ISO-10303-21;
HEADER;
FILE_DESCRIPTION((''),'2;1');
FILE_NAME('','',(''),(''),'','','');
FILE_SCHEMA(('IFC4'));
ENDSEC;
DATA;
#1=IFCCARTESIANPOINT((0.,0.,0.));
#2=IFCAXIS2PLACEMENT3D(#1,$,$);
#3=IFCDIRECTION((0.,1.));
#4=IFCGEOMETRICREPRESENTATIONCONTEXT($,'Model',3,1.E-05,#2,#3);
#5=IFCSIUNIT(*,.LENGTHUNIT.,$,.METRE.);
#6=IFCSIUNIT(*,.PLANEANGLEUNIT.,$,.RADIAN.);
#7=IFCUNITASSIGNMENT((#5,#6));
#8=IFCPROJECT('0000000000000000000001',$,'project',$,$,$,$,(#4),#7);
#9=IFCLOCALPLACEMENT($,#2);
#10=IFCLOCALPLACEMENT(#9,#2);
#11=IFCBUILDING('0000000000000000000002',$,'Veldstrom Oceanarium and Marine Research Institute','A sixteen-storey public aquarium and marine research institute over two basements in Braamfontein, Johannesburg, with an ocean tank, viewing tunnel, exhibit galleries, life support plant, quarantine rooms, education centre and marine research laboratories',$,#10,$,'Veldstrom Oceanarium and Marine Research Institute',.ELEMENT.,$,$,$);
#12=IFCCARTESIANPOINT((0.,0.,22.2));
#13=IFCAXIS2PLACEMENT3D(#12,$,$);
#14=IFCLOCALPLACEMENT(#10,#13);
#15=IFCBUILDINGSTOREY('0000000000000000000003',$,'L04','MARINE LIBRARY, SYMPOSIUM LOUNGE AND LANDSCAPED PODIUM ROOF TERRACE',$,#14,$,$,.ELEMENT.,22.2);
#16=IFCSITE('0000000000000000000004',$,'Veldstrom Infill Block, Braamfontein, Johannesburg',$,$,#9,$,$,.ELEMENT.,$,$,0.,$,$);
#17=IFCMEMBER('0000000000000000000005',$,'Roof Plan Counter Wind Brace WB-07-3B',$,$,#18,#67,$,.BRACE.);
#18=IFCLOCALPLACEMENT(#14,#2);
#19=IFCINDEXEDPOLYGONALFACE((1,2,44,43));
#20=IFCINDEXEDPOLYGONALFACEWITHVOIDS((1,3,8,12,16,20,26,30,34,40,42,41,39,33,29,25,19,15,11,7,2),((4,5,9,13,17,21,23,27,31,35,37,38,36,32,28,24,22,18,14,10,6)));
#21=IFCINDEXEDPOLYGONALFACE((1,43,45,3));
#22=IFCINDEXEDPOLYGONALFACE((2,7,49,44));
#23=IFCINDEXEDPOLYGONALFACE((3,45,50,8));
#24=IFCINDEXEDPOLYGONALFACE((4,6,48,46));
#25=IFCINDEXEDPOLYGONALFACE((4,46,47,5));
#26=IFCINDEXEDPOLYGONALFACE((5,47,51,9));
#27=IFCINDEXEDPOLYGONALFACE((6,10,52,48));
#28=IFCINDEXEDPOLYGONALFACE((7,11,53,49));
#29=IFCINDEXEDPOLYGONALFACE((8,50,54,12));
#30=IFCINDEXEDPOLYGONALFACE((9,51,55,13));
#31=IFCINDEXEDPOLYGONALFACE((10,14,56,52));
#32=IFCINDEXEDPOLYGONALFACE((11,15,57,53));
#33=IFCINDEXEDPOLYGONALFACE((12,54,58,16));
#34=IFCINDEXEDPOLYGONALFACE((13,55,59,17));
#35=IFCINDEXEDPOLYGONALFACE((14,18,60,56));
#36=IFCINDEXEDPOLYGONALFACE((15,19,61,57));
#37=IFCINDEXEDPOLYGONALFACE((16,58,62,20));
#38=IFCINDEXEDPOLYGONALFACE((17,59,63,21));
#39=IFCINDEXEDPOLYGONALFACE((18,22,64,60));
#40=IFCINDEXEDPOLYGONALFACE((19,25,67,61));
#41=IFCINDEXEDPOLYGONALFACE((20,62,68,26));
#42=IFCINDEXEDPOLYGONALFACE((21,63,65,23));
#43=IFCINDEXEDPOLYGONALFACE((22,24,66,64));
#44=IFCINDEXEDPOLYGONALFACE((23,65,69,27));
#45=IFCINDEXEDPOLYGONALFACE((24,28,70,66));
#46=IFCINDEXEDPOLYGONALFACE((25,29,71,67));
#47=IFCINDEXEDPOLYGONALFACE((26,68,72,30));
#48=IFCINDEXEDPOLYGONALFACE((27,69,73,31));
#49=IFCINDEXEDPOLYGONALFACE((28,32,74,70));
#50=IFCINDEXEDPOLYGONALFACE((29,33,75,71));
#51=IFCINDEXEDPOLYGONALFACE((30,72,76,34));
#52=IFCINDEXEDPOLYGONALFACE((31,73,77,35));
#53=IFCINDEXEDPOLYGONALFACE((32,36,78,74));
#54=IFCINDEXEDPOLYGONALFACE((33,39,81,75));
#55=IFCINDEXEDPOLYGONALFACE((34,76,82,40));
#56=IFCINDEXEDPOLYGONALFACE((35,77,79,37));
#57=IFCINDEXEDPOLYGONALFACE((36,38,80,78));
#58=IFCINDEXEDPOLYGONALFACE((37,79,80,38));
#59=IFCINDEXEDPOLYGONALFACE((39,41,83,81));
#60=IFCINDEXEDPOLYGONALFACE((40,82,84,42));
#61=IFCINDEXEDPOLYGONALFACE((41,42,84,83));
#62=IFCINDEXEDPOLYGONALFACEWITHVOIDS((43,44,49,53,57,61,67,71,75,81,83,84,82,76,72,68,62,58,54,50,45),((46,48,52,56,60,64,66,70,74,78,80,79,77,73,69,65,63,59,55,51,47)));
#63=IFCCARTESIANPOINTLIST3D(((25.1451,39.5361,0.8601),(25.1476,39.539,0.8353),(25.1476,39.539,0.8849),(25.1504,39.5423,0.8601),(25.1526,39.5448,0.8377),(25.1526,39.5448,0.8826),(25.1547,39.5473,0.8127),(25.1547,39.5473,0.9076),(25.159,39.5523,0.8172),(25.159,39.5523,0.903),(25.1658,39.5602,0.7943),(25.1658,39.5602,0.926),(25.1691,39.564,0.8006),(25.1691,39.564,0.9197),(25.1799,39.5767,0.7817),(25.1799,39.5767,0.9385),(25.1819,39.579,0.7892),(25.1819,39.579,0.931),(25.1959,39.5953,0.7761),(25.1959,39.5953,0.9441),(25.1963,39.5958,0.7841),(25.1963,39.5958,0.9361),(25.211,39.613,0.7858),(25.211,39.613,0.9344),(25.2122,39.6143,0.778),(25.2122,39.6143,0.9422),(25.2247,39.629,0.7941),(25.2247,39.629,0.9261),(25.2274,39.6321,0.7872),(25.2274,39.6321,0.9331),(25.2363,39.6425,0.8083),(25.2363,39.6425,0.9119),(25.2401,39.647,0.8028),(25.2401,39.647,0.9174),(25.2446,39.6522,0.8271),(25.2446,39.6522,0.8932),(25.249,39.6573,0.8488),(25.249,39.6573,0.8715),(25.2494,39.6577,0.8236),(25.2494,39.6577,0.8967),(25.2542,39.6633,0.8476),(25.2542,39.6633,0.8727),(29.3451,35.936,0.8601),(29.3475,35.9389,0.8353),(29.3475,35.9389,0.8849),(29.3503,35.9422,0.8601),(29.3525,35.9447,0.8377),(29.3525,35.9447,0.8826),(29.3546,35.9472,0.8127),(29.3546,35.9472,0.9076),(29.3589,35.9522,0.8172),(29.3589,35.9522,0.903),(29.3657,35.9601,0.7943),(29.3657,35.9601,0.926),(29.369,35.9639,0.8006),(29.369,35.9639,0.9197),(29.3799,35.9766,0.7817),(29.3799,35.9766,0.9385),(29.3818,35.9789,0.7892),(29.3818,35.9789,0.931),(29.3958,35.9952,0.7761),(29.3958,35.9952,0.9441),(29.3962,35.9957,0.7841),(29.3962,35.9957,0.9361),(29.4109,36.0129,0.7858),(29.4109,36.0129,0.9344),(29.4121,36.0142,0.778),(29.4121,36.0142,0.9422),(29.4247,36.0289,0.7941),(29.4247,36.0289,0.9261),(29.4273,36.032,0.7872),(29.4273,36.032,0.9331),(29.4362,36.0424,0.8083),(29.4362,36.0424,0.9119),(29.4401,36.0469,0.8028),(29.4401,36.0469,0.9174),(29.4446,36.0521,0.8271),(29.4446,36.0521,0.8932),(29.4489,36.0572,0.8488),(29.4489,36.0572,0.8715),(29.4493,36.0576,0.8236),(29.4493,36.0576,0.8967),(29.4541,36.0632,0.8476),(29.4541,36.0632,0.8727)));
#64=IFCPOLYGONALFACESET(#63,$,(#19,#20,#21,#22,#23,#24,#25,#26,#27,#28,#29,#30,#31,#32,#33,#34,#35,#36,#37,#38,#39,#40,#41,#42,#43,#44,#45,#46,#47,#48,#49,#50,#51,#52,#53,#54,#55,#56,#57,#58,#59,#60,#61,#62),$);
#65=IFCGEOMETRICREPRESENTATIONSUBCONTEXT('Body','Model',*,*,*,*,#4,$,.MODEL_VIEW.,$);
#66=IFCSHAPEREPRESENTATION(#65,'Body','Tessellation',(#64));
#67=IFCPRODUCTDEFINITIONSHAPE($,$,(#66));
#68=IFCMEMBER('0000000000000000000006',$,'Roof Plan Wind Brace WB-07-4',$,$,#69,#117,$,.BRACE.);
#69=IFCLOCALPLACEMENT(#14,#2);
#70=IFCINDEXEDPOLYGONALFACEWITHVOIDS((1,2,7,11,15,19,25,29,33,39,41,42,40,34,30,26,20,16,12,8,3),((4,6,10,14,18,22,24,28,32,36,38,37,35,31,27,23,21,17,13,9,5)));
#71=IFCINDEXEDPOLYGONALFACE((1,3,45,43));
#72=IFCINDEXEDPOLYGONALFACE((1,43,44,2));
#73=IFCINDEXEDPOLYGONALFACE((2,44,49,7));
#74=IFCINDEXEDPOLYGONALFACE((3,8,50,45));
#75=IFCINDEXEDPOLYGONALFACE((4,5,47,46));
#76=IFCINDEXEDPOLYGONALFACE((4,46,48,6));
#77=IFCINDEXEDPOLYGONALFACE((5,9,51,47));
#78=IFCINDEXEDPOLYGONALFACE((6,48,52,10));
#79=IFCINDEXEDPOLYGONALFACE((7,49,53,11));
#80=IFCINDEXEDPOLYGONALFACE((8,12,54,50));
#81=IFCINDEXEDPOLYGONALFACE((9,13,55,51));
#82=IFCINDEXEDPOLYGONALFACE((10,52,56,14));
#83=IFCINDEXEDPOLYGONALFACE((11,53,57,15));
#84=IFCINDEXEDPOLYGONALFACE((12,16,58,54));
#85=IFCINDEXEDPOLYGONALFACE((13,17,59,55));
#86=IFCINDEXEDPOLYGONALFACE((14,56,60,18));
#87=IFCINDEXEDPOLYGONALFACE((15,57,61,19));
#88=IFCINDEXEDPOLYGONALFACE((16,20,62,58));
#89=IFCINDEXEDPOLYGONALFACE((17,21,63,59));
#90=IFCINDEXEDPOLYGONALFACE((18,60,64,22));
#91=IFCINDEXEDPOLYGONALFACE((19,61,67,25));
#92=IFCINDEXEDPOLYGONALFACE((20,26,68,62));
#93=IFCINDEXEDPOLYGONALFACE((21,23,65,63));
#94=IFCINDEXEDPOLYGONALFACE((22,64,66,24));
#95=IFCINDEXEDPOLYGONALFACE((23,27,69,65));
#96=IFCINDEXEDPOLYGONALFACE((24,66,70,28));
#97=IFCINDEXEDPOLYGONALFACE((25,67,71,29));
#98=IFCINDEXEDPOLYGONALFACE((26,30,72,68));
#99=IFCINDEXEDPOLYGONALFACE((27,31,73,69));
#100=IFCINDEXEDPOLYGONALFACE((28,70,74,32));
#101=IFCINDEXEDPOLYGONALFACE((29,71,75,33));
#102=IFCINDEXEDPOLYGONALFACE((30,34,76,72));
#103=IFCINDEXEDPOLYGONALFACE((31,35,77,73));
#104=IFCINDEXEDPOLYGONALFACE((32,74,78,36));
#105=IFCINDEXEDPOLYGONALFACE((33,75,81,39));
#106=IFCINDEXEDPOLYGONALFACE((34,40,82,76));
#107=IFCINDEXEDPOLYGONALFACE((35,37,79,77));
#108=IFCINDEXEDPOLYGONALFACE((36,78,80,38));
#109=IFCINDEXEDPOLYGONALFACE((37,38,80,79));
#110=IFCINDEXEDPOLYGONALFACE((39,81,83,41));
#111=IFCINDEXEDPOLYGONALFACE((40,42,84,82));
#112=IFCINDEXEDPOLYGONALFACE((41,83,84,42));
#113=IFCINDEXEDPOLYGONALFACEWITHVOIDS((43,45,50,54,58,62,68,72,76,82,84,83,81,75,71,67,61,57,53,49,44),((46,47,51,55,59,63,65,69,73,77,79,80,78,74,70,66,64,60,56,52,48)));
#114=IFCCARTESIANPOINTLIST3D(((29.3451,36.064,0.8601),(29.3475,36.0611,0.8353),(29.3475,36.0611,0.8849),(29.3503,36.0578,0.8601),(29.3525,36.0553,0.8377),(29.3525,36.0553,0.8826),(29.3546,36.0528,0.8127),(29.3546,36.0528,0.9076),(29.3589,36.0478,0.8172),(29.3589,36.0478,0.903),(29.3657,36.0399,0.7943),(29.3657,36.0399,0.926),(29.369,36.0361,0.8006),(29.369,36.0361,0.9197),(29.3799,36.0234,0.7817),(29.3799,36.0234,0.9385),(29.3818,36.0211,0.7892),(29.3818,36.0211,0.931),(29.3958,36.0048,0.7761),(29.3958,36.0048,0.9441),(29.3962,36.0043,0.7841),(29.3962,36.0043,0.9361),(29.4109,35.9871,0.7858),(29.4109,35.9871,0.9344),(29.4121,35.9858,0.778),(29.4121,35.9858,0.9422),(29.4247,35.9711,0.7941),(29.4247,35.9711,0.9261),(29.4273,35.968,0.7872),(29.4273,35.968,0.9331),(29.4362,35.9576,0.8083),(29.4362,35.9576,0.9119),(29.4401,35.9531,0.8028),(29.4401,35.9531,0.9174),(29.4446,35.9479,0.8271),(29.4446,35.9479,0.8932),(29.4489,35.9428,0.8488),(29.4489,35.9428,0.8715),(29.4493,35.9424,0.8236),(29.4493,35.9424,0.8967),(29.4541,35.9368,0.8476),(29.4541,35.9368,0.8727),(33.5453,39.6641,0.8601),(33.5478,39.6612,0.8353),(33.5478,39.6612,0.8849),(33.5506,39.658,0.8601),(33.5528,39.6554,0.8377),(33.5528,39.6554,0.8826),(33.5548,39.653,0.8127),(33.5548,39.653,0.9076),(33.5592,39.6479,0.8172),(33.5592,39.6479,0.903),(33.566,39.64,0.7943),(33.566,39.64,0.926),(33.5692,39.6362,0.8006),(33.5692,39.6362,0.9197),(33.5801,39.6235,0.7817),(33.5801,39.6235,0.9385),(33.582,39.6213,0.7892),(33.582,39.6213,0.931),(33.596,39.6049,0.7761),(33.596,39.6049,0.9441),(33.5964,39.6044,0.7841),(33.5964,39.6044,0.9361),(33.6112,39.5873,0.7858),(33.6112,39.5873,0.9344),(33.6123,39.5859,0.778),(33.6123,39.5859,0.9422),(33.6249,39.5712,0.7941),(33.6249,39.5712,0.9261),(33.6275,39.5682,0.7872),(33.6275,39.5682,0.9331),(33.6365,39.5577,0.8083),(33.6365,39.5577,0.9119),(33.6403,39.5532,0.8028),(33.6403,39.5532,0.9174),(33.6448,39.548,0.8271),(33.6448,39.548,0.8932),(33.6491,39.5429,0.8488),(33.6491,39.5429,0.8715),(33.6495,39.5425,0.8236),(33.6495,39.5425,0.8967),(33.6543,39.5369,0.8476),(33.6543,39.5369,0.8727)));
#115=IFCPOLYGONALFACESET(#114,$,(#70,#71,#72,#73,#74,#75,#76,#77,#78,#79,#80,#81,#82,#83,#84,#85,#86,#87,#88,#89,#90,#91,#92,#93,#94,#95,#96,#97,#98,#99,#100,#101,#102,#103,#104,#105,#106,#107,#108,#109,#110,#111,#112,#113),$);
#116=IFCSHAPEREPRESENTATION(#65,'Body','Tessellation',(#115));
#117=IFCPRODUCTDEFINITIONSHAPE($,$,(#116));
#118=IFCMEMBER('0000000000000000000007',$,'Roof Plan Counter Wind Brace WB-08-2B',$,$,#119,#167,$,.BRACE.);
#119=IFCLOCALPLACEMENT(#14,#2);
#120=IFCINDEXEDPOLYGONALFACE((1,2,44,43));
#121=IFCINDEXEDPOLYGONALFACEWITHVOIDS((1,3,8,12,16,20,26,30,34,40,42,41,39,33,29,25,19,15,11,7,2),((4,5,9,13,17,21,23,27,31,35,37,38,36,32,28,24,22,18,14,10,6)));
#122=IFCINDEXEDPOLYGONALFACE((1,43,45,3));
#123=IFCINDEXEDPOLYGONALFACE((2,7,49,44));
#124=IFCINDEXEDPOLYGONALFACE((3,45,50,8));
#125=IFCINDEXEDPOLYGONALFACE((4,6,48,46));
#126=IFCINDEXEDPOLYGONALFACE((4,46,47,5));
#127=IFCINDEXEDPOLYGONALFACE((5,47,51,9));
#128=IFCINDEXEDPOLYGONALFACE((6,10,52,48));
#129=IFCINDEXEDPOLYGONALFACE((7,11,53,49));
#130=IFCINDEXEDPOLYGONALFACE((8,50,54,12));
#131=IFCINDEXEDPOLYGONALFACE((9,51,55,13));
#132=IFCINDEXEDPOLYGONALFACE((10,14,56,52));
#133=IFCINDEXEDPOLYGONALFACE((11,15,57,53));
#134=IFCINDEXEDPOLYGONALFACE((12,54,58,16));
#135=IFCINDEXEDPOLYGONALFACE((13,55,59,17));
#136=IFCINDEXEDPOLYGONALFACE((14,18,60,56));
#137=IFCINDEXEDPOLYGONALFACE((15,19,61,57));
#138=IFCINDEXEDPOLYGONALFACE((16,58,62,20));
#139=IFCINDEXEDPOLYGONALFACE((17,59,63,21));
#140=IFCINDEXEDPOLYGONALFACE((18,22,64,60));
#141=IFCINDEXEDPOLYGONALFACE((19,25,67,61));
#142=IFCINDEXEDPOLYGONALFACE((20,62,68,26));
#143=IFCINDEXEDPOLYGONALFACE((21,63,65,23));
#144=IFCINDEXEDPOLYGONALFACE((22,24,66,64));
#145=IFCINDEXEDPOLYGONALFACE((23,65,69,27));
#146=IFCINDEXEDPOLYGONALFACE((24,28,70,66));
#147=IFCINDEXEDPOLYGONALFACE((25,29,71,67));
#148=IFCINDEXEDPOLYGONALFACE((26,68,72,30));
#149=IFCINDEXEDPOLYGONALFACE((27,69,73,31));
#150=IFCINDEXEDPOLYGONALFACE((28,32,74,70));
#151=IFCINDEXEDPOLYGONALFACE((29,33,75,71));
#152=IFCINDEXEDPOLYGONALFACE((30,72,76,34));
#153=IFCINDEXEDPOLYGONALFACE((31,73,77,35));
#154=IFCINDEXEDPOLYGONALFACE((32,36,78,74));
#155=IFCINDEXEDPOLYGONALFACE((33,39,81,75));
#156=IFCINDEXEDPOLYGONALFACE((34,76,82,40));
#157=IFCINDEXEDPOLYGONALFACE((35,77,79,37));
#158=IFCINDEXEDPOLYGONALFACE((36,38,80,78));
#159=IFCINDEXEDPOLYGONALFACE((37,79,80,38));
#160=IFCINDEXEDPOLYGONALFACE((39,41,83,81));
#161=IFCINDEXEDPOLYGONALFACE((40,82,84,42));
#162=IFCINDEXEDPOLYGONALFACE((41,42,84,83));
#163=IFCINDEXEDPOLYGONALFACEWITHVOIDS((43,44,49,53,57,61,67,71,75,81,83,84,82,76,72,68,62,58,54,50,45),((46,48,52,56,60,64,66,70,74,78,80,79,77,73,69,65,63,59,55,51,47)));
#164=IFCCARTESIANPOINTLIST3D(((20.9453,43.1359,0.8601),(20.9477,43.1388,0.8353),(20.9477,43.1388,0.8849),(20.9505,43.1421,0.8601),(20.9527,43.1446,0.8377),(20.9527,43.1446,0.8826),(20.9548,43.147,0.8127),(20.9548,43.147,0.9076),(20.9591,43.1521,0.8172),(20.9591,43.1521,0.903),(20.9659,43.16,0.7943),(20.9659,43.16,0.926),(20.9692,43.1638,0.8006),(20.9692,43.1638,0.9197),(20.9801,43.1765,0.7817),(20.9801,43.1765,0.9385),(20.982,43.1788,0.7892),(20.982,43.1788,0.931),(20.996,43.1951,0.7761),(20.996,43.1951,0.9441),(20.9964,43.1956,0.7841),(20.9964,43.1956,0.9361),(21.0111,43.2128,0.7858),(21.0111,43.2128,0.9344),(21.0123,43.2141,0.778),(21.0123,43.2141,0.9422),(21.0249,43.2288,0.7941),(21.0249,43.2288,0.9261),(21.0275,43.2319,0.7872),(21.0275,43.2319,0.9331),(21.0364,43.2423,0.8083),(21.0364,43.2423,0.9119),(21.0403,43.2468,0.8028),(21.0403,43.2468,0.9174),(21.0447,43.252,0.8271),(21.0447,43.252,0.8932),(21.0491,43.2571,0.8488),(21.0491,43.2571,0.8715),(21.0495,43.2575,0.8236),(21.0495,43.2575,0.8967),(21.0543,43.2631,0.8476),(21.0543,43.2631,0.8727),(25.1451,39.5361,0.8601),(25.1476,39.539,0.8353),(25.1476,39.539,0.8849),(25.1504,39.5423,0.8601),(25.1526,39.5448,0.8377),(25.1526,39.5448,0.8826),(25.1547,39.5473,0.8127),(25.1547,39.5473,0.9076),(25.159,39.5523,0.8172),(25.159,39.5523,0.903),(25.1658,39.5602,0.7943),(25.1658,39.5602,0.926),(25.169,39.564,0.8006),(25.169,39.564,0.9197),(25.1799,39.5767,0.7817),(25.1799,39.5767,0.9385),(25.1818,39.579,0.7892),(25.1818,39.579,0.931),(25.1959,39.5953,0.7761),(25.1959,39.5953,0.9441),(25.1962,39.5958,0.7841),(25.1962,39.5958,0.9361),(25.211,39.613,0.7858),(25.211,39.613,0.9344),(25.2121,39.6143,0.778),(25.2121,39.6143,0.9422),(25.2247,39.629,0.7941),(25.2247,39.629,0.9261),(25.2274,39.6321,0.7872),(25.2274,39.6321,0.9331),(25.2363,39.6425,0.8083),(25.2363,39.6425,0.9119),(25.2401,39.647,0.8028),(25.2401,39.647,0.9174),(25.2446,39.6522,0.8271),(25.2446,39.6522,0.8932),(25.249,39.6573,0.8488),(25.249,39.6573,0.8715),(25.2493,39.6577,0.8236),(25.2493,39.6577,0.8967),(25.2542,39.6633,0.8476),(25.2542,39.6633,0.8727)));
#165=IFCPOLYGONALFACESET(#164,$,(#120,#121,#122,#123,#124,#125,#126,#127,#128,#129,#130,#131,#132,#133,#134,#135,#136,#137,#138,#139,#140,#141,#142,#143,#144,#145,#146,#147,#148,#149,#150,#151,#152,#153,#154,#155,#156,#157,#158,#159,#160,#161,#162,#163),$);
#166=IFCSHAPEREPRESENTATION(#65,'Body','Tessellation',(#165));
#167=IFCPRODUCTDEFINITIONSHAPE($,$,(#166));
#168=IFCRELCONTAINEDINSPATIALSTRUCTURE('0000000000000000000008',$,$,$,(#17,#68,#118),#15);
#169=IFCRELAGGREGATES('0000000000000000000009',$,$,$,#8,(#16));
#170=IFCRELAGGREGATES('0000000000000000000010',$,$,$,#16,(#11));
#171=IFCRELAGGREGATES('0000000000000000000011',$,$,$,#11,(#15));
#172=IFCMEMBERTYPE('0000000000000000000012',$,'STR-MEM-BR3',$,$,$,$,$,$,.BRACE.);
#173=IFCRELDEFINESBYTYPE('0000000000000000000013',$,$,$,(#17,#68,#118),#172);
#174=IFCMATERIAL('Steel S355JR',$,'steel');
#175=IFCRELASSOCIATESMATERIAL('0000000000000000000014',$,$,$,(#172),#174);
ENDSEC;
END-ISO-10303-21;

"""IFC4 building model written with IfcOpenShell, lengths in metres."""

from ifc_helpers import new_model, si_unit, direction, frame, origin, origin_2d, place, context, subcontext, project, spatial, hollow_circle, extrude, material, material_profile, profile_set, type_object, element, save


model = new_model("IFC4")

# Units and contexts
model_context = context("Model", 3, precision=1e-05, world=origin(), true_north=direction((0.0, 1.0)))
body_context = subcontext(model_context, "Body", "Model", "MODEL_VIEW")
ifc_project = project(units=[si_unit("LENGTHUNIT", "METRE"), si_unit("PLANEANGLEUNIT", "RADIAN")], contexts=[model_context])

# Site, building, storey
site_placement = place(None, origin())
site = spatial("IfcSite", under=ifc_project, at=site_placement, Name="Veldstrom Infill Block, Braamfontein, Johannesburg", CompositionType="ELEMENT", RefElevation=0.0)
building_placement = place(site_placement, origin())
building = spatial("IfcBuilding", under=site, at=building_placement, Name="Veldstrom Oceanarium and Marine Research Institute", Description="A sixteen-storey public aquarium and marine research institute over two basements in Braamfontein, Johannesburg, with an ocean tank, viewing tunnel, exhibit galleries, life support plant, quarantine rooms, education centre and marine research laboratories", LongName="Veldstrom Oceanarium and Marine Research Institute", CompositionType="ELEMENT")
storey_placement = place(building_placement, frame((0.0, 0.0, 22.2)))
storey = spatial("IfcBuildingStorey", under=building, at=storey_placement, Name="L04", Description="MARINE LIBRARY, SYMPOSIUM LOUNGE AND LANDSCAPED PODIUM ROOF TERRACE", CompositionType="ELEMENT", Elevation=22.2)

# Members
ifc_material_1 = material(Name="Steel S355JR", Category="steel")
ifc_material_profile_1 = material_profile(ifc_material_1, hollow_circle(Radius=0.0842, WallThickness=0.0081, at=origin_2d()), Name="CHS 168.3x8")
ifc_profile_set_1 = profile_set([ifc_material_profile_1], Name="Steel S355JR")
member_type_1 = type_object("IfcMemberType", Name="STR-MEM-BR3", PredefinedType="BRACE", material=ifc_profile_set_1)
member_1_placement = place(storey_placement, frame((29.3999, 36.0, 0.8601), z_axis=(-0.759244, 0.650806, 0.0), x_axis=(-0.650806, -0.759244, 0.0)))
element("IfcMember", 1, at=member_1_placement, inside=storey, type_object=member_type_1, Name="Roof Plan Counter Wind Brace WB-07-3B", PredefinedType="BRACE", context=body_context, shape_type="SweptSolid", body=[
    extrude(hollow_circle(Radius=0.0842, WallThickness=0.0081, at=origin_2d()), origin(), (0.0, 0.0, 1.0), 5.5317),
])
member_2_placement = place(storey_placement, frame((29.3999, 36.0, 0.8601), z_axis=(0.759263, 0.650784, 0.0), x_axis=(-0.650784, 0.759263, 0.0)))
element("IfcMember", 2, at=member_2_placement, inside=storey, type_object=member_type_1, Name="Roof Plan Wind Brace WB-07-4", PredefinedType="BRACE", context=body_context, shape_type="SweptSolid", body=[
    extrude(hollow_circle(Radius=0.0842, WallThickness=0.0081, at=origin_2d()), origin(), (0.0, 0.0, 1.0), 5.532),
])
for number, where, z_axis, x_axis, name in (
    (3, (25.2, 39.6001, 0.8601), (-0.759266, 0.65078, 0.0), (-0.65078, -0.759266, 0.0), "Roof Plan Counter Wind Brace WB-08-2B"),
):
    element("IfcMember", number, at=place(storey_placement, frame(where, z_axis=z_axis, x_axis=x_axis)), inside=storey, type_object=member_type_1, Name=name, PredefinedType="BRACE", context=body_context, shape_type="SweptSolid", body=[
        extrude(hollow_circle(Radius=0.0842, WallThickness=0.0081, at=origin_2d()), origin(), (0.0, 0.0, 1.0), 5.5315),
    ])

save(model, "model.ifc")
